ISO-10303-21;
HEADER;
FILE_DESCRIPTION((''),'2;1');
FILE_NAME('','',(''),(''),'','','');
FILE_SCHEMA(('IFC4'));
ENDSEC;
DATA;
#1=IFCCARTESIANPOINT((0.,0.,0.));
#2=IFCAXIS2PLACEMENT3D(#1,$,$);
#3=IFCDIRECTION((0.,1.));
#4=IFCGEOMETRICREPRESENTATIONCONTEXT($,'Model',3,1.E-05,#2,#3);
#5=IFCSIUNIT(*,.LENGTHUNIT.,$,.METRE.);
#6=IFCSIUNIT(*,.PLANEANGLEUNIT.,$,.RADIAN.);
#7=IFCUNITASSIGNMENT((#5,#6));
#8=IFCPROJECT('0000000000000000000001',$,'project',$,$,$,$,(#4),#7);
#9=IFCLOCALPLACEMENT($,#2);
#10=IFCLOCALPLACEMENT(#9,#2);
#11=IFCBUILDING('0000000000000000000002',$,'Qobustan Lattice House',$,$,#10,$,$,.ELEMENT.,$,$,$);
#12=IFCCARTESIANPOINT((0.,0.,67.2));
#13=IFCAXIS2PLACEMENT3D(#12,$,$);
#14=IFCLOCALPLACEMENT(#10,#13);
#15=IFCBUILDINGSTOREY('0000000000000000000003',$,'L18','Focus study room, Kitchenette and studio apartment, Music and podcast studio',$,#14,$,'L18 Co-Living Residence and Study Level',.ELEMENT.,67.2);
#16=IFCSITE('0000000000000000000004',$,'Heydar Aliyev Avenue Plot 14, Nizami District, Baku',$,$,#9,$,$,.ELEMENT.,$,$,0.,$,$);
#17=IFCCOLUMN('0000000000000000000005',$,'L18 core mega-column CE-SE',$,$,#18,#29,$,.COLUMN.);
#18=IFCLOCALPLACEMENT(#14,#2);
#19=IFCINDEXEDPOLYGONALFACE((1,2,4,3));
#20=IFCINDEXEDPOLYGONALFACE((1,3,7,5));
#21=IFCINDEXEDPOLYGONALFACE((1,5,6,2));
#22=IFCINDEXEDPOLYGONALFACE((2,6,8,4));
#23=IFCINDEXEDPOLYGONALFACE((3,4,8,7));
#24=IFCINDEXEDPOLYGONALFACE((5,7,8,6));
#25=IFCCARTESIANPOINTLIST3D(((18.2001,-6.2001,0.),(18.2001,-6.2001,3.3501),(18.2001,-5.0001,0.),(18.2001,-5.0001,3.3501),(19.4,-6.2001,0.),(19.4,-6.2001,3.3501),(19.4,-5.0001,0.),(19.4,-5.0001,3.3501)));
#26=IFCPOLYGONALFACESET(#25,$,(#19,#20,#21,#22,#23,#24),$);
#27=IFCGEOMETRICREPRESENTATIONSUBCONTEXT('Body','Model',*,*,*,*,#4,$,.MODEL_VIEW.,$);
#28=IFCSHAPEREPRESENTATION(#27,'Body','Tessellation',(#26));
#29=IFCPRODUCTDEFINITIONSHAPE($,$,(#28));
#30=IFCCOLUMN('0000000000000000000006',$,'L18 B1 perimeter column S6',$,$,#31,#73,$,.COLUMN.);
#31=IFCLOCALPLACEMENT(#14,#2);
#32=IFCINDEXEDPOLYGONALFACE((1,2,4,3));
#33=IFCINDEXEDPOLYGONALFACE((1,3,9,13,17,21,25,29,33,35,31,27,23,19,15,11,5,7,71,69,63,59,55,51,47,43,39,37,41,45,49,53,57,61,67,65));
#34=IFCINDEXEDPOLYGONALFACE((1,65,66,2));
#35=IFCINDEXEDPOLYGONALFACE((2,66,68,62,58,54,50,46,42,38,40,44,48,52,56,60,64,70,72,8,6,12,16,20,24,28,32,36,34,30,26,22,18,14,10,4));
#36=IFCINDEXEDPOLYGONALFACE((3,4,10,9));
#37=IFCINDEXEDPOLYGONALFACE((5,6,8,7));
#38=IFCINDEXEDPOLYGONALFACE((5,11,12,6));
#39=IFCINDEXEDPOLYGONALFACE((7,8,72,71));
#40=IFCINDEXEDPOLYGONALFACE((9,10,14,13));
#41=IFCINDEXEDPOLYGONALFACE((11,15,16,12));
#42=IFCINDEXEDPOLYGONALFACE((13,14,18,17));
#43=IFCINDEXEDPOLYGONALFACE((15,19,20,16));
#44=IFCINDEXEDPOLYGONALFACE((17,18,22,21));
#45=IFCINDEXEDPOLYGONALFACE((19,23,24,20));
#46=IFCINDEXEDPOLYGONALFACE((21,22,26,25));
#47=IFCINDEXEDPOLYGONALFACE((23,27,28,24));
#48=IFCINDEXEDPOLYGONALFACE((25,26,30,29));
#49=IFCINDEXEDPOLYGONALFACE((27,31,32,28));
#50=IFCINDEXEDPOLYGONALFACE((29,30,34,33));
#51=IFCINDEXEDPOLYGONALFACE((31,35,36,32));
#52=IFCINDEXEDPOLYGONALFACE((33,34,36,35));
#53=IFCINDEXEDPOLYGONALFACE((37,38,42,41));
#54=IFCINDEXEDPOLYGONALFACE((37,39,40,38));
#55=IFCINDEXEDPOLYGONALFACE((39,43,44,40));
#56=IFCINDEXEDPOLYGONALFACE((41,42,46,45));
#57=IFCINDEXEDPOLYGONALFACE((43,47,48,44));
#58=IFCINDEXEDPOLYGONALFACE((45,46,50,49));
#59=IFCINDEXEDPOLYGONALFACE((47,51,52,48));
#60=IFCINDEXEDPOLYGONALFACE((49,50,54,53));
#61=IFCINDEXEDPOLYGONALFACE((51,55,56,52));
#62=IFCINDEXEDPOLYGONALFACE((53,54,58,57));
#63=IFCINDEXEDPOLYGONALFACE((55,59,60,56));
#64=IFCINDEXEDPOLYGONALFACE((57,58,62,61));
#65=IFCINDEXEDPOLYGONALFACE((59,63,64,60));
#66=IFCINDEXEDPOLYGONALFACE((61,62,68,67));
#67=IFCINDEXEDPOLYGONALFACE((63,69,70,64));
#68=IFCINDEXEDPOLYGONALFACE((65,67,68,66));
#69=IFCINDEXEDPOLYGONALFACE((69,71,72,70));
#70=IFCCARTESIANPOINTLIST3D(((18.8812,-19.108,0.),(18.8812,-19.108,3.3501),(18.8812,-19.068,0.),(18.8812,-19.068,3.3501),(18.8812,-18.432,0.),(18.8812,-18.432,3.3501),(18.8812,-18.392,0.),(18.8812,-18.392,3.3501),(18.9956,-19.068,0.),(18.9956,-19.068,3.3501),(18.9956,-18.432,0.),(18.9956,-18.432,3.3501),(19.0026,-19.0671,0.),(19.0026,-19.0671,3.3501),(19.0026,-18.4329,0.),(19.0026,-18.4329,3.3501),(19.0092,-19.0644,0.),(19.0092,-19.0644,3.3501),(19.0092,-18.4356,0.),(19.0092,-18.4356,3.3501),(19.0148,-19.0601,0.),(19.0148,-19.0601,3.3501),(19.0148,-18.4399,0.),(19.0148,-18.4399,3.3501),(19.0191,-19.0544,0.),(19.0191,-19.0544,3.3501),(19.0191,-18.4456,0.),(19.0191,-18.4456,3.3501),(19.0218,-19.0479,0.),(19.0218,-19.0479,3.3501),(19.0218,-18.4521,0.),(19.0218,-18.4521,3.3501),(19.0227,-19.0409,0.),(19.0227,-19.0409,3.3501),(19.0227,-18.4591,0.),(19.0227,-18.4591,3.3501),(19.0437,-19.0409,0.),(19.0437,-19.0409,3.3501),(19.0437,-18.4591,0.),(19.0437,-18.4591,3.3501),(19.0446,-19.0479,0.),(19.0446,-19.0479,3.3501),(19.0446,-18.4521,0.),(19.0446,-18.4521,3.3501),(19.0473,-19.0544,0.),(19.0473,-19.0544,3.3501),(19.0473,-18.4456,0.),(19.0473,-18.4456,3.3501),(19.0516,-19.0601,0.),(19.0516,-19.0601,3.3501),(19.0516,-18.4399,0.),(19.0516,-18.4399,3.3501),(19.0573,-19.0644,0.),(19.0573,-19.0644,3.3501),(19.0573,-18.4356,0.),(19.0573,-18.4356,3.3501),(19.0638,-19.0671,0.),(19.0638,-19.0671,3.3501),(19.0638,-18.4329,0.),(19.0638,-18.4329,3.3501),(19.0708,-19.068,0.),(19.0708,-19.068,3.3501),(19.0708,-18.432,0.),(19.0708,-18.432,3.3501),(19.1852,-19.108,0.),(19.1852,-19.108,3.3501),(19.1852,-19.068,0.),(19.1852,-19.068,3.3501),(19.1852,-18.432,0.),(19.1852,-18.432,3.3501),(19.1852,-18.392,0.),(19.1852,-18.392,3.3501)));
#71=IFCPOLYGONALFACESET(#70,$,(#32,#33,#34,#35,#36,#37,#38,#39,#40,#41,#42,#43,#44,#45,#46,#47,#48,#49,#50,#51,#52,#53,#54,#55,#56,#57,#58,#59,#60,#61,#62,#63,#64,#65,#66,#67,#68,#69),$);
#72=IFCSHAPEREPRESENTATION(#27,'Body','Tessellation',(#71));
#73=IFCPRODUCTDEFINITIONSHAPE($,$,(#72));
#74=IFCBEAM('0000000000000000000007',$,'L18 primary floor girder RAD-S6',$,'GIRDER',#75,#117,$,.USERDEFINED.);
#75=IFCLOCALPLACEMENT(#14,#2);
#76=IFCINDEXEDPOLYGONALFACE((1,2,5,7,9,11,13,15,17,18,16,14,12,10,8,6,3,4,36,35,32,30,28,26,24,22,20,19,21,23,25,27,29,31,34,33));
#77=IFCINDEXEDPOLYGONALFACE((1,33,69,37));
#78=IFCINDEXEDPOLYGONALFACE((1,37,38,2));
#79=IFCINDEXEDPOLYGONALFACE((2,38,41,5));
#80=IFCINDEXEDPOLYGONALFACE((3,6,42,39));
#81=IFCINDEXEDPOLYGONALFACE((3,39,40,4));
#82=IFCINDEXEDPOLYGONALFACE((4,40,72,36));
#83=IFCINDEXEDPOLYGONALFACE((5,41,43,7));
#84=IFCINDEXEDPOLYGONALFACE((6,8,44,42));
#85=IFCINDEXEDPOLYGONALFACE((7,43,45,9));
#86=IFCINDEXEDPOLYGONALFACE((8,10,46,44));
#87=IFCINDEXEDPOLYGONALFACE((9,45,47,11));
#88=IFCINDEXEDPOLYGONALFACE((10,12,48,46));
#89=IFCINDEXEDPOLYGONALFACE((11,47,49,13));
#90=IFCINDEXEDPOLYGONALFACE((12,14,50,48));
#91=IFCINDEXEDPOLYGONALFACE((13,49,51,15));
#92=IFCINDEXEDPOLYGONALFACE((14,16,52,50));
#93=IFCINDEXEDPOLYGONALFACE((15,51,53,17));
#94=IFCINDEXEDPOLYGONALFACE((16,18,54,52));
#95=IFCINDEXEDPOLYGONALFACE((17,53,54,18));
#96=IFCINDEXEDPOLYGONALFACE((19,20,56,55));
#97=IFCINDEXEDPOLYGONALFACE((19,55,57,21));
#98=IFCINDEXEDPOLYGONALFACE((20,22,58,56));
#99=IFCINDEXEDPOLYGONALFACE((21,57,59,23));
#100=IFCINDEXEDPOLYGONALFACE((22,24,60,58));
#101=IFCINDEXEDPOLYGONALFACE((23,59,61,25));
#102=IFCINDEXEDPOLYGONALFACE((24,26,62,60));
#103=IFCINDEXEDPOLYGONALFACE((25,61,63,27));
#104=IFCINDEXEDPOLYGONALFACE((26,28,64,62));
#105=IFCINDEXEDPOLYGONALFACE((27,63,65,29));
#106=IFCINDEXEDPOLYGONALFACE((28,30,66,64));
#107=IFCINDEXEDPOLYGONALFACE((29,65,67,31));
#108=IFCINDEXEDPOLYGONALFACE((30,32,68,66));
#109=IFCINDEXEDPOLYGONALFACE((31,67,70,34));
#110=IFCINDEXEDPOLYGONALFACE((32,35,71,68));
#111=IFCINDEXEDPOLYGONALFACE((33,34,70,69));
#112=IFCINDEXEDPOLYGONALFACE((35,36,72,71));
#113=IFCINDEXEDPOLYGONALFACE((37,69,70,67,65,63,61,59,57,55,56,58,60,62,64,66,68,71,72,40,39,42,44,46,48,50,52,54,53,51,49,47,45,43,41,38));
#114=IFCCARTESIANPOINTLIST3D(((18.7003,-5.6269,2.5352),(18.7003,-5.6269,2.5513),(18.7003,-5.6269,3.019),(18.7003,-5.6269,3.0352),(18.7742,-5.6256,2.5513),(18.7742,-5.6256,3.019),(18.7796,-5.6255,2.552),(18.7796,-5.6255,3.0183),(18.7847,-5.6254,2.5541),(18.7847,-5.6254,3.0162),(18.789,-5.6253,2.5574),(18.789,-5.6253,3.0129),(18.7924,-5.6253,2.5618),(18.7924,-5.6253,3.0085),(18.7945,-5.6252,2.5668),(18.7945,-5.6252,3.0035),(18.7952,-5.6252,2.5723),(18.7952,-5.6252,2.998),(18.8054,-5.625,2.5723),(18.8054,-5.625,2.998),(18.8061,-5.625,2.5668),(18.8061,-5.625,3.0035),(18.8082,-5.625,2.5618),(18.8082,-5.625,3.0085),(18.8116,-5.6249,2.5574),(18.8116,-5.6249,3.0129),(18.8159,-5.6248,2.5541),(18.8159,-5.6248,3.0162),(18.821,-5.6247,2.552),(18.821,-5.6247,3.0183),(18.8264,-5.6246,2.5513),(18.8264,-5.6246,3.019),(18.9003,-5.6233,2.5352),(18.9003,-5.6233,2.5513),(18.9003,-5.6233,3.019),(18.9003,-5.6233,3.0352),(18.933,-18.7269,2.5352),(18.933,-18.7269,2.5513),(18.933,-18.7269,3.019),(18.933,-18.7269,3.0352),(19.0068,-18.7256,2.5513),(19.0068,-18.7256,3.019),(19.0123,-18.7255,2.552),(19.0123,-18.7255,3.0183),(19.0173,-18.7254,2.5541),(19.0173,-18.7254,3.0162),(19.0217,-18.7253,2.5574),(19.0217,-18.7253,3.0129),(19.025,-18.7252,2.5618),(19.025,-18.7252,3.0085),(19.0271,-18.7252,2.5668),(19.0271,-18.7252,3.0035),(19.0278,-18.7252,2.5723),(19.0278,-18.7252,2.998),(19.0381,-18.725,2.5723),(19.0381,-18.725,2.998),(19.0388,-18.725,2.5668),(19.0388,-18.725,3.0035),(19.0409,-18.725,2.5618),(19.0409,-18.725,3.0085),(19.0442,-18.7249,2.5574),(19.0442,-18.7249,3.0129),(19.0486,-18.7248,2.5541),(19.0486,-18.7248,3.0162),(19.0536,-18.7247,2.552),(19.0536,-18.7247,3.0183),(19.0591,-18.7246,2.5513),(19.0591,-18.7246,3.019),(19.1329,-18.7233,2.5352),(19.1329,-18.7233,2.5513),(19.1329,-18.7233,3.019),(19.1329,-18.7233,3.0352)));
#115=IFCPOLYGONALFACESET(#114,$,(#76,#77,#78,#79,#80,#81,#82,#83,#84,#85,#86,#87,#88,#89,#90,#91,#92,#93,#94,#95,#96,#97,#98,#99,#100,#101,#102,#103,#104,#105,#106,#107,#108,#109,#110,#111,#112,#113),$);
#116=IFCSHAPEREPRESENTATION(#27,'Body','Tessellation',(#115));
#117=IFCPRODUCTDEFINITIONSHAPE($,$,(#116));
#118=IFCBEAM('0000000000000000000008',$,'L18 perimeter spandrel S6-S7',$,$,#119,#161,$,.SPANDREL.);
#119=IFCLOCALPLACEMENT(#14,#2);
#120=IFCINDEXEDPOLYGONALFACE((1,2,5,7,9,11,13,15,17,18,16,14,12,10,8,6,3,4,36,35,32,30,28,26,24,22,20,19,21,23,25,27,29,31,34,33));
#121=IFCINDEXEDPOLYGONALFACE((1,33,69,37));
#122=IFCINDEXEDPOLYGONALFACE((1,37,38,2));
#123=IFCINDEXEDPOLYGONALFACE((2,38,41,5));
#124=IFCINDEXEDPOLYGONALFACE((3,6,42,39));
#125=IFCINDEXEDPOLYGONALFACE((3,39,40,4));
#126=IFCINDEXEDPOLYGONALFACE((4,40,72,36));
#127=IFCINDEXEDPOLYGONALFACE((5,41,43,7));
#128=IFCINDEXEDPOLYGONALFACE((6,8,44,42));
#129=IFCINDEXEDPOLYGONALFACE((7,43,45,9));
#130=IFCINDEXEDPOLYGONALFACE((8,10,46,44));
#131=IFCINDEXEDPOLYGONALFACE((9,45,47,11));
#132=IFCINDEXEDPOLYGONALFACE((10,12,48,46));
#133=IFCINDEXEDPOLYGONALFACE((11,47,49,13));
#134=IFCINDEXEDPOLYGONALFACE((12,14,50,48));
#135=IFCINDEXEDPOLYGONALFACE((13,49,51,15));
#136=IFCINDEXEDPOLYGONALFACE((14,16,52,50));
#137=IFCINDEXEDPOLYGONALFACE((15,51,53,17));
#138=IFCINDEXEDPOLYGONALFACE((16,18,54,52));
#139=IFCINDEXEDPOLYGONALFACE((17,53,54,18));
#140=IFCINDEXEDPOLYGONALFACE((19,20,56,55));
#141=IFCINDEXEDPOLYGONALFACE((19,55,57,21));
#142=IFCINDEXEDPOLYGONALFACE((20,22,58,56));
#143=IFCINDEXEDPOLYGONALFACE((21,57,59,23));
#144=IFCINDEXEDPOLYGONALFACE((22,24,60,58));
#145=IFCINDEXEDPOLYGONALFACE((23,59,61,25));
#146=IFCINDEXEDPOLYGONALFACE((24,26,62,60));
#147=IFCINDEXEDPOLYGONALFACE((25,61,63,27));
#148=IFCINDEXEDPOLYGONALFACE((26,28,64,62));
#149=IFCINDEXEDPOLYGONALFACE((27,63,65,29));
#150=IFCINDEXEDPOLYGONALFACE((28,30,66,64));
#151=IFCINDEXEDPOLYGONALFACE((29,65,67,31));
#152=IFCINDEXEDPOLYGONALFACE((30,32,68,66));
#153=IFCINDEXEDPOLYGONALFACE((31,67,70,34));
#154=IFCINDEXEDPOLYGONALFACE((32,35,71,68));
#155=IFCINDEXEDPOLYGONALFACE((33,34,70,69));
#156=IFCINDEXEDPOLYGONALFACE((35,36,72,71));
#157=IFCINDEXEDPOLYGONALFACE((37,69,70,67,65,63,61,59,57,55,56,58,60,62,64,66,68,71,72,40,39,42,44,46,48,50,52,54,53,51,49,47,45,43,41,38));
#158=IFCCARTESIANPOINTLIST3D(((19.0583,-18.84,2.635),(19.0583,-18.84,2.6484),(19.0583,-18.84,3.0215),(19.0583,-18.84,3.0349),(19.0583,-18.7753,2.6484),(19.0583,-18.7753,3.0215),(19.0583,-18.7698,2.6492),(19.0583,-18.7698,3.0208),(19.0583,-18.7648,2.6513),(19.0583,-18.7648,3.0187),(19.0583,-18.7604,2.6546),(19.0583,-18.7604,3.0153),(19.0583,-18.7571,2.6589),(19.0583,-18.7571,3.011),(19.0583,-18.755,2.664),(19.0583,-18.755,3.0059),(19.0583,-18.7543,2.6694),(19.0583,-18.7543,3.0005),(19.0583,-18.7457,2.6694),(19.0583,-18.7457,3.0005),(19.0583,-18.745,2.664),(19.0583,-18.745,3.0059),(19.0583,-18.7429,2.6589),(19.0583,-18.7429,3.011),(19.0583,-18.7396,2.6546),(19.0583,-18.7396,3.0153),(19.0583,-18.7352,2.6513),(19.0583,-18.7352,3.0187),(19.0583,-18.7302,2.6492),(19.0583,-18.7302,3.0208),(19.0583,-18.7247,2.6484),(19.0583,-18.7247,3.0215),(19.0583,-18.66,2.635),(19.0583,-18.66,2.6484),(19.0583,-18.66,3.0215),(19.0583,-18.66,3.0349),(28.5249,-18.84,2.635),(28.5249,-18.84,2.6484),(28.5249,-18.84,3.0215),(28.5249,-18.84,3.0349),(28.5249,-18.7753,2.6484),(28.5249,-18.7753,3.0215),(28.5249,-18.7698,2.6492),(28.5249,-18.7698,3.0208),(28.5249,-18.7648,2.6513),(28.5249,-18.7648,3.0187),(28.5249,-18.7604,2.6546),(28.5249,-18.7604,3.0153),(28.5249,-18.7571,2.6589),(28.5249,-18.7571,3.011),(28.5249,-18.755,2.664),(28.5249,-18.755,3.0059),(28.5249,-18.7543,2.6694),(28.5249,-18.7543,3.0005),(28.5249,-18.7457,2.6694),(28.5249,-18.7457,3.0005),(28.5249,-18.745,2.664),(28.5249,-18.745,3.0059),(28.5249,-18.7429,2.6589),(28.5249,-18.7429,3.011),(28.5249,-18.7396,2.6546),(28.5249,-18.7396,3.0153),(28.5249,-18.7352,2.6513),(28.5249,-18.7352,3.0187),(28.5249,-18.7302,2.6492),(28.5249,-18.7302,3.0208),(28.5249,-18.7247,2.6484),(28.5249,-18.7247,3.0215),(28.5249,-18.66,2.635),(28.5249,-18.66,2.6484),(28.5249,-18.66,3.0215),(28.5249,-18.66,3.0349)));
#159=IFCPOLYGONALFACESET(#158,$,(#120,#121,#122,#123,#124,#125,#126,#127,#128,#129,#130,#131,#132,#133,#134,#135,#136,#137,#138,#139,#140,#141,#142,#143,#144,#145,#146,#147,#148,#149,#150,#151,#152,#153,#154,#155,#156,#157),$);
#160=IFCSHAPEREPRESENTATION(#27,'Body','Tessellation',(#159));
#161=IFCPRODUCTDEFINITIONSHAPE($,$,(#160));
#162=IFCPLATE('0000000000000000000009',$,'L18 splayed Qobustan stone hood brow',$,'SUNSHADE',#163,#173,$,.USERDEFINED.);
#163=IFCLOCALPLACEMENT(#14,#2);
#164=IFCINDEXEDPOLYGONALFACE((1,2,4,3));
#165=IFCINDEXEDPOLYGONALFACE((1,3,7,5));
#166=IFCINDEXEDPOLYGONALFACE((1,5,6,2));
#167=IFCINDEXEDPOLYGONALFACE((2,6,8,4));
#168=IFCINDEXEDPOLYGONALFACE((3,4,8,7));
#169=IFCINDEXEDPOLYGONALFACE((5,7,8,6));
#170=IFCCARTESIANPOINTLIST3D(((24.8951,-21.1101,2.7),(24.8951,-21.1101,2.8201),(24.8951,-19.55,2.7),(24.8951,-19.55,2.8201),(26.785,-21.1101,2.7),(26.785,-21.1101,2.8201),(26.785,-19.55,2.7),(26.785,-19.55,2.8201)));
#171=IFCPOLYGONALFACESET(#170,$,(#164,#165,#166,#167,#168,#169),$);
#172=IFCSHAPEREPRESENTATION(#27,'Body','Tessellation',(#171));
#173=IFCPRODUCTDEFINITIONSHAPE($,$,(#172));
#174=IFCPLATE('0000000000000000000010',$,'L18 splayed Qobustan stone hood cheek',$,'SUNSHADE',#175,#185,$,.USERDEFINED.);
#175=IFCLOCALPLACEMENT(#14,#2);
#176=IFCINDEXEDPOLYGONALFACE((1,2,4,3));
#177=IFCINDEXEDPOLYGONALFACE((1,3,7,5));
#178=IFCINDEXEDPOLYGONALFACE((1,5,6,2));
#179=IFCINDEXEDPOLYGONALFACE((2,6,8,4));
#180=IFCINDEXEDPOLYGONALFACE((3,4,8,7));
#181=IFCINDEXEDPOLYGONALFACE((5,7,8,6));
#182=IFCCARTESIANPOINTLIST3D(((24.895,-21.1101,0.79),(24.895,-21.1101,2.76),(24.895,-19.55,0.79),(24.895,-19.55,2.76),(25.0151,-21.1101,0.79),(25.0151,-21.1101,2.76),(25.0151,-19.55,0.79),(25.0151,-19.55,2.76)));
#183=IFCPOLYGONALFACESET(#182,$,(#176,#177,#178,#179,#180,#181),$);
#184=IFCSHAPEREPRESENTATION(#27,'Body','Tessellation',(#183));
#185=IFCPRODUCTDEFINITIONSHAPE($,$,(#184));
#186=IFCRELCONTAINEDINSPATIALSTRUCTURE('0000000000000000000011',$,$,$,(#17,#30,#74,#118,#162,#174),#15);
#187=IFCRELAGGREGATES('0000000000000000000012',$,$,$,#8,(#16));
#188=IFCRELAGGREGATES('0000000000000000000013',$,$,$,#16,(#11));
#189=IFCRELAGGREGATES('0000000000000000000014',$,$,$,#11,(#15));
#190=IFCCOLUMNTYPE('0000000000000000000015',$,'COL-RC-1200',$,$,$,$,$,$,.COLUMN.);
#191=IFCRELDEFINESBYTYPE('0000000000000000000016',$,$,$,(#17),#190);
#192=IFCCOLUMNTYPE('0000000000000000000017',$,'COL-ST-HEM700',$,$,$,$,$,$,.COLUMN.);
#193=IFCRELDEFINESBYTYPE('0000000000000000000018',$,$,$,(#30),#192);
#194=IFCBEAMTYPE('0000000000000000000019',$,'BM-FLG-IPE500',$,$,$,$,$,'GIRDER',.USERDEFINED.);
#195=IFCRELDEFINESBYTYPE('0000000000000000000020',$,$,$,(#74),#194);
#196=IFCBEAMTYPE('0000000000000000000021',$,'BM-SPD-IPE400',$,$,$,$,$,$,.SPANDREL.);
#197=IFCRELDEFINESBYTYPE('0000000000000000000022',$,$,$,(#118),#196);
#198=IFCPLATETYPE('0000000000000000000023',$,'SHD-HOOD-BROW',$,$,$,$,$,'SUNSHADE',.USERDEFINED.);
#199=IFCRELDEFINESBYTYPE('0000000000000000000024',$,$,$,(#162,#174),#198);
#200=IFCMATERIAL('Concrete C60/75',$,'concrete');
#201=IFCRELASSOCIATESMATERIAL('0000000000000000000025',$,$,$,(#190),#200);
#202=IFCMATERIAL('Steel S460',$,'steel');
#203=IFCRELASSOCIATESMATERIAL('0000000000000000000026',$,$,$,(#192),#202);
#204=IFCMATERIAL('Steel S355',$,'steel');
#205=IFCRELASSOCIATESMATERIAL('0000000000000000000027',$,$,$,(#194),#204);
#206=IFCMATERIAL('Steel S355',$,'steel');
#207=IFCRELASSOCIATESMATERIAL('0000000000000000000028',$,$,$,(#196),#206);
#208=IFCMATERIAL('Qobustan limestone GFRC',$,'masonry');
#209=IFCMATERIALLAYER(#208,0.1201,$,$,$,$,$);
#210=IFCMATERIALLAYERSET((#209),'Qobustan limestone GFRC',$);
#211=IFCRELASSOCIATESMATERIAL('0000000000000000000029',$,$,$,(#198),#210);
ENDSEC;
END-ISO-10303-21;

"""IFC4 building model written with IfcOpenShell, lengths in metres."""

from ifc_helpers import new_model, si_unit, direction, frame, origin, origin_2d, place, context, subcontext, project, spatial, rectangle, i_section, extrude, material, layer, layer_set, material_profile, profile_set, type_object, element, save


model = new_model("IFC4")

# Units and contexts
model_context = context("Model", 3, precision=1e-05, world=origin(), true_north=direction((0.0, 1.0)))
body_context = subcontext(model_context, "Body", "Model", "MODEL_VIEW")
ifc_project = project(units=[si_unit("LENGTHUNIT", "METRE"), si_unit("PLANEANGLEUNIT", "RADIAN")], contexts=[model_context])

# Site, building, storey
site_placement = place(None, origin())
site = spatial("IfcSite", under=ifc_project, at=site_placement, Name="Heydar Aliyev Avenue Plot 14, Nizami District, Baku", CompositionType="ELEMENT", RefElevation=0.0)
building_placement = place(site_placement, origin())
building = spatial("IfcBuilding", under=site, at=building_placement, Name="Qobustan Lattice House", CompositionType="ELEMENT")
storey_placement = place(building_placement, frame((0.0, 0.0, 67.2)))
storey = spatial("IfcBuildingStorey", under=building, at=storey_placement, Name="L18", Description="Focus study room, Kitchenette and studio apartment, Music and podcast studio", LongName="L18 Co-Living Residence and Study Level", CompositionType="ELEMENT", Elevation=67.2)

# Columns
ifc_material_1 = material(Name="Concrete C60/75", Category="concrete")
ifc_material_profile_1 = material_profile(ifc_material_1, rectangle(XDim=1.2, YDim=1.2, at=origin_2d()), Name="RC1200x1200")
ifc_profile_set_1 = profile_set([ifc_material_profile_1], Name="Concrete C60/75")
column_type_1 = type_object("IfcColumnType", Name="COL-RC-1200", PredefinedType="COLUMN", material=ifc_profile_set_1)
column_1_placement = place(storey_placement, frame((18.8, -5.6001, 0.0), z_axis=(0.0, 0.0, 1.0), x_axis=(1.0, 0.0, 0.0)))
element("IfcColumn", 1, at=column_1_placement, inside=storey, type_object=column_type_1, Name="L18 core mega-column CE-SE", PredefinedType="COLUMN", context=body_context, shape_type="SweptSolid", body=[
    extrude(rectangle(XDim=1.2, YDim=1.2, at=origin_2d()), origin(), (0.0, 0.0, 1.0), 3.3501),
])
ifc_material_2 = material(Name="Steel S460", Category="steel")
ifc_material_profile_2 = material_profile(ifc_material_2, i_section(OverallWidth=0.304, OverallDepth=0.7161, WebThickness=0.021, FlangeThickness=0.04, FilletRadius=0.0271, at=origin_2d()), Name="HEM700")
ifc_profile_set_2 = profile_set([ifc_material_profile_2], Name="Steel S460")
column_type_2 = type_object("IfcColumnType", Name="COL-ST-HEM700", PredefinedType="COLUMN", material=ifc_profile_set_2)
column_2_placement = place(storey_placement, frame((19.0332, -18.75, 0.0), z_axis=(0.0, 0.0, 1.0), x_axis=(1.0, 0.0, 0.0)))
element("IfcColumn", 2, at=column_2_placement, inside=storey, type_object=column_type_2, Name="L18 B1 perimeter column S6", PredefinedType="COLUMN", context=body_context, shape_type="SweptSolid", body=[
    extrude(i_section(OverallWidth=0.304, OverallDepth=0.7161, WebThickness=0.021, FlangeThickness=0.04, FilletRadius=0.0271, at=origin_2d()), origin(), (0.0, 0.0, 1.0), 3.3501),
])

# Beams
ifc_material_3 = material(Name="Steel S355", Category="steel")
ifc_material_profile_3 = material_profile(ifc_material_3, i_section(OverallWidth=0.2, OverallDepth=0.5, WebThickness=0.0103, FlangeThickness=0.0161, FilletRadius=0.021, at=origin_2d()), Name="IPE500")
ifc_profile_set_3 = profile_set([ifc_material_profile_3], Name="Steel S355")
beam_type_1 = type_object("IfcBeamType", Name="BM-FLG-IPE500", ElementType="GIRDER", PredefinedType="USERDEFINED", material=ifc_profile_set_3)
beam_1_placement = place(storey_placement, frame((19.033, -18.7251, 2.7852), z_axis=(-0.017758, 0.999842, 0.0), x_axis=(-0.999842, -0.017758, 0.0)))
element("IfcBeam", 3, at=beam_1_placement, inside=storey, type_object=beam_type_1, Name="L18 primary floor girder RAD-S6", ObjectType="GIRDER", PredefinedType="USERDEFINED", context=body_context, shape_type="SweptSolid", body=[
    extrude(i_section(OverallWidth=0.2, OverallDepth=0.5, WebThickness=0.0103, FlangeThickness=0.0161, FilletRadius=0.021, at=origin_2d()), origin(), (0.0, 0.0, 1.0), 13.1021),
])
ifc_material_4 = material(Name="Steel S355", Category="steel")
ifc_material_profile_4 = material_profile(ifc_material_4, i_section(OverallWidth=0.1799, OverallDepth=0.3999, WebThickness=0.0085, FlangeThickness=0.0134, FilletRadius=0.021, at=origin_2d()), Name="IPE400")
ifc_profile_set_4 = profile_set([ifc_material_profile_4], Name="Steel S355")
beam_type_2 = type_object("IfcBeamType", Name="BM-SPD-IPE400", PredefinedType="SPANDREL", material=ifc_profile_set_4)
beam_2_placement = place(storey_placement, frame((19.0583, -18.75, 2.835), z_axis=(1.0, 0.0, 0.0), x_axis=(0.0, 1.0, 0.0)))
element("IfcBeam", 4, at=beam_2_placement, inside=storey, type_object=beam_type_2, Name="L18 perimeter spandrel S6-S7", PredefinedType="SPANDREL", context=body_context, shape_type="SweptSolid", body=[
    extrude(i_section(OverallWidth=0.1799, OverallDepth=0.3999, WebThickness=0.0085, FlangeThickness=0.0134, FilletRadius=0.021, at=origin_2d()), origin(), (0.0, 0.0, 1.0), 9.4666),
])

# Plates
ifc_material_5 = material(Name="Qobustan limestone GFRC", Category="masonry")
ifc_layer_1 = layer(ifc_material_5, 0.1201)
ifc_layer_set_1 = layer_set([ifc_layer_1], Name="Qobustan limestone GFRC")
plate_type = type_object("IfcPlateType", Name="SHD-HOOD-BROW", ElementType="SUNSHADE", PredefinedType="USERDEFINED", material=ifc_layer_set_1)
plate_1_placement = place(storey_placement, frame((25.8401, -20.3301, 2.7), z_axis=(0.0, 0.0, 1.0), x_axis=(-1.0, 0.0, 0.0)))
element("IfcPlate", 5, at=plate_1_placement, inside=storey, type_object=plate_type, Name="L18 splayed Qobustan stone hood brow", ObjectType="SUNSHADE", PredefinedType="USERDEFINED", context=body_context, shape_type="SweptSolid", body=[
    extrude(rectangle(XDim=1.8899, YDim=1.5601, at=origin_2d()), origin(), (0.0, 0.0, 1.0), 0.1201),
])
plate_2_placement = place(storey_placement, frame((24.9551, -20.3301, 0.79), z_axis=(0.0, 0.0, 1.0), x_axis=(-1.0, 0.0, 0.0)))
element("IfcPlate", 6, at=plate_2_placement, inside=storey, type_object=plate_type, Name="L18 splayed Qobustan stone hood cheek", ObjectType="SUNSHADE", PredefinedType="USERDEFINED", context=body_context, shape_type="SweptSolid", body=[
    extrude(rectangle(XDim=0.1201, YDim=1.5601, at=origin_2d()), origin(), (0.0, 0.0, 1.0), 1.97),
])

save(model, "model.ifc")
